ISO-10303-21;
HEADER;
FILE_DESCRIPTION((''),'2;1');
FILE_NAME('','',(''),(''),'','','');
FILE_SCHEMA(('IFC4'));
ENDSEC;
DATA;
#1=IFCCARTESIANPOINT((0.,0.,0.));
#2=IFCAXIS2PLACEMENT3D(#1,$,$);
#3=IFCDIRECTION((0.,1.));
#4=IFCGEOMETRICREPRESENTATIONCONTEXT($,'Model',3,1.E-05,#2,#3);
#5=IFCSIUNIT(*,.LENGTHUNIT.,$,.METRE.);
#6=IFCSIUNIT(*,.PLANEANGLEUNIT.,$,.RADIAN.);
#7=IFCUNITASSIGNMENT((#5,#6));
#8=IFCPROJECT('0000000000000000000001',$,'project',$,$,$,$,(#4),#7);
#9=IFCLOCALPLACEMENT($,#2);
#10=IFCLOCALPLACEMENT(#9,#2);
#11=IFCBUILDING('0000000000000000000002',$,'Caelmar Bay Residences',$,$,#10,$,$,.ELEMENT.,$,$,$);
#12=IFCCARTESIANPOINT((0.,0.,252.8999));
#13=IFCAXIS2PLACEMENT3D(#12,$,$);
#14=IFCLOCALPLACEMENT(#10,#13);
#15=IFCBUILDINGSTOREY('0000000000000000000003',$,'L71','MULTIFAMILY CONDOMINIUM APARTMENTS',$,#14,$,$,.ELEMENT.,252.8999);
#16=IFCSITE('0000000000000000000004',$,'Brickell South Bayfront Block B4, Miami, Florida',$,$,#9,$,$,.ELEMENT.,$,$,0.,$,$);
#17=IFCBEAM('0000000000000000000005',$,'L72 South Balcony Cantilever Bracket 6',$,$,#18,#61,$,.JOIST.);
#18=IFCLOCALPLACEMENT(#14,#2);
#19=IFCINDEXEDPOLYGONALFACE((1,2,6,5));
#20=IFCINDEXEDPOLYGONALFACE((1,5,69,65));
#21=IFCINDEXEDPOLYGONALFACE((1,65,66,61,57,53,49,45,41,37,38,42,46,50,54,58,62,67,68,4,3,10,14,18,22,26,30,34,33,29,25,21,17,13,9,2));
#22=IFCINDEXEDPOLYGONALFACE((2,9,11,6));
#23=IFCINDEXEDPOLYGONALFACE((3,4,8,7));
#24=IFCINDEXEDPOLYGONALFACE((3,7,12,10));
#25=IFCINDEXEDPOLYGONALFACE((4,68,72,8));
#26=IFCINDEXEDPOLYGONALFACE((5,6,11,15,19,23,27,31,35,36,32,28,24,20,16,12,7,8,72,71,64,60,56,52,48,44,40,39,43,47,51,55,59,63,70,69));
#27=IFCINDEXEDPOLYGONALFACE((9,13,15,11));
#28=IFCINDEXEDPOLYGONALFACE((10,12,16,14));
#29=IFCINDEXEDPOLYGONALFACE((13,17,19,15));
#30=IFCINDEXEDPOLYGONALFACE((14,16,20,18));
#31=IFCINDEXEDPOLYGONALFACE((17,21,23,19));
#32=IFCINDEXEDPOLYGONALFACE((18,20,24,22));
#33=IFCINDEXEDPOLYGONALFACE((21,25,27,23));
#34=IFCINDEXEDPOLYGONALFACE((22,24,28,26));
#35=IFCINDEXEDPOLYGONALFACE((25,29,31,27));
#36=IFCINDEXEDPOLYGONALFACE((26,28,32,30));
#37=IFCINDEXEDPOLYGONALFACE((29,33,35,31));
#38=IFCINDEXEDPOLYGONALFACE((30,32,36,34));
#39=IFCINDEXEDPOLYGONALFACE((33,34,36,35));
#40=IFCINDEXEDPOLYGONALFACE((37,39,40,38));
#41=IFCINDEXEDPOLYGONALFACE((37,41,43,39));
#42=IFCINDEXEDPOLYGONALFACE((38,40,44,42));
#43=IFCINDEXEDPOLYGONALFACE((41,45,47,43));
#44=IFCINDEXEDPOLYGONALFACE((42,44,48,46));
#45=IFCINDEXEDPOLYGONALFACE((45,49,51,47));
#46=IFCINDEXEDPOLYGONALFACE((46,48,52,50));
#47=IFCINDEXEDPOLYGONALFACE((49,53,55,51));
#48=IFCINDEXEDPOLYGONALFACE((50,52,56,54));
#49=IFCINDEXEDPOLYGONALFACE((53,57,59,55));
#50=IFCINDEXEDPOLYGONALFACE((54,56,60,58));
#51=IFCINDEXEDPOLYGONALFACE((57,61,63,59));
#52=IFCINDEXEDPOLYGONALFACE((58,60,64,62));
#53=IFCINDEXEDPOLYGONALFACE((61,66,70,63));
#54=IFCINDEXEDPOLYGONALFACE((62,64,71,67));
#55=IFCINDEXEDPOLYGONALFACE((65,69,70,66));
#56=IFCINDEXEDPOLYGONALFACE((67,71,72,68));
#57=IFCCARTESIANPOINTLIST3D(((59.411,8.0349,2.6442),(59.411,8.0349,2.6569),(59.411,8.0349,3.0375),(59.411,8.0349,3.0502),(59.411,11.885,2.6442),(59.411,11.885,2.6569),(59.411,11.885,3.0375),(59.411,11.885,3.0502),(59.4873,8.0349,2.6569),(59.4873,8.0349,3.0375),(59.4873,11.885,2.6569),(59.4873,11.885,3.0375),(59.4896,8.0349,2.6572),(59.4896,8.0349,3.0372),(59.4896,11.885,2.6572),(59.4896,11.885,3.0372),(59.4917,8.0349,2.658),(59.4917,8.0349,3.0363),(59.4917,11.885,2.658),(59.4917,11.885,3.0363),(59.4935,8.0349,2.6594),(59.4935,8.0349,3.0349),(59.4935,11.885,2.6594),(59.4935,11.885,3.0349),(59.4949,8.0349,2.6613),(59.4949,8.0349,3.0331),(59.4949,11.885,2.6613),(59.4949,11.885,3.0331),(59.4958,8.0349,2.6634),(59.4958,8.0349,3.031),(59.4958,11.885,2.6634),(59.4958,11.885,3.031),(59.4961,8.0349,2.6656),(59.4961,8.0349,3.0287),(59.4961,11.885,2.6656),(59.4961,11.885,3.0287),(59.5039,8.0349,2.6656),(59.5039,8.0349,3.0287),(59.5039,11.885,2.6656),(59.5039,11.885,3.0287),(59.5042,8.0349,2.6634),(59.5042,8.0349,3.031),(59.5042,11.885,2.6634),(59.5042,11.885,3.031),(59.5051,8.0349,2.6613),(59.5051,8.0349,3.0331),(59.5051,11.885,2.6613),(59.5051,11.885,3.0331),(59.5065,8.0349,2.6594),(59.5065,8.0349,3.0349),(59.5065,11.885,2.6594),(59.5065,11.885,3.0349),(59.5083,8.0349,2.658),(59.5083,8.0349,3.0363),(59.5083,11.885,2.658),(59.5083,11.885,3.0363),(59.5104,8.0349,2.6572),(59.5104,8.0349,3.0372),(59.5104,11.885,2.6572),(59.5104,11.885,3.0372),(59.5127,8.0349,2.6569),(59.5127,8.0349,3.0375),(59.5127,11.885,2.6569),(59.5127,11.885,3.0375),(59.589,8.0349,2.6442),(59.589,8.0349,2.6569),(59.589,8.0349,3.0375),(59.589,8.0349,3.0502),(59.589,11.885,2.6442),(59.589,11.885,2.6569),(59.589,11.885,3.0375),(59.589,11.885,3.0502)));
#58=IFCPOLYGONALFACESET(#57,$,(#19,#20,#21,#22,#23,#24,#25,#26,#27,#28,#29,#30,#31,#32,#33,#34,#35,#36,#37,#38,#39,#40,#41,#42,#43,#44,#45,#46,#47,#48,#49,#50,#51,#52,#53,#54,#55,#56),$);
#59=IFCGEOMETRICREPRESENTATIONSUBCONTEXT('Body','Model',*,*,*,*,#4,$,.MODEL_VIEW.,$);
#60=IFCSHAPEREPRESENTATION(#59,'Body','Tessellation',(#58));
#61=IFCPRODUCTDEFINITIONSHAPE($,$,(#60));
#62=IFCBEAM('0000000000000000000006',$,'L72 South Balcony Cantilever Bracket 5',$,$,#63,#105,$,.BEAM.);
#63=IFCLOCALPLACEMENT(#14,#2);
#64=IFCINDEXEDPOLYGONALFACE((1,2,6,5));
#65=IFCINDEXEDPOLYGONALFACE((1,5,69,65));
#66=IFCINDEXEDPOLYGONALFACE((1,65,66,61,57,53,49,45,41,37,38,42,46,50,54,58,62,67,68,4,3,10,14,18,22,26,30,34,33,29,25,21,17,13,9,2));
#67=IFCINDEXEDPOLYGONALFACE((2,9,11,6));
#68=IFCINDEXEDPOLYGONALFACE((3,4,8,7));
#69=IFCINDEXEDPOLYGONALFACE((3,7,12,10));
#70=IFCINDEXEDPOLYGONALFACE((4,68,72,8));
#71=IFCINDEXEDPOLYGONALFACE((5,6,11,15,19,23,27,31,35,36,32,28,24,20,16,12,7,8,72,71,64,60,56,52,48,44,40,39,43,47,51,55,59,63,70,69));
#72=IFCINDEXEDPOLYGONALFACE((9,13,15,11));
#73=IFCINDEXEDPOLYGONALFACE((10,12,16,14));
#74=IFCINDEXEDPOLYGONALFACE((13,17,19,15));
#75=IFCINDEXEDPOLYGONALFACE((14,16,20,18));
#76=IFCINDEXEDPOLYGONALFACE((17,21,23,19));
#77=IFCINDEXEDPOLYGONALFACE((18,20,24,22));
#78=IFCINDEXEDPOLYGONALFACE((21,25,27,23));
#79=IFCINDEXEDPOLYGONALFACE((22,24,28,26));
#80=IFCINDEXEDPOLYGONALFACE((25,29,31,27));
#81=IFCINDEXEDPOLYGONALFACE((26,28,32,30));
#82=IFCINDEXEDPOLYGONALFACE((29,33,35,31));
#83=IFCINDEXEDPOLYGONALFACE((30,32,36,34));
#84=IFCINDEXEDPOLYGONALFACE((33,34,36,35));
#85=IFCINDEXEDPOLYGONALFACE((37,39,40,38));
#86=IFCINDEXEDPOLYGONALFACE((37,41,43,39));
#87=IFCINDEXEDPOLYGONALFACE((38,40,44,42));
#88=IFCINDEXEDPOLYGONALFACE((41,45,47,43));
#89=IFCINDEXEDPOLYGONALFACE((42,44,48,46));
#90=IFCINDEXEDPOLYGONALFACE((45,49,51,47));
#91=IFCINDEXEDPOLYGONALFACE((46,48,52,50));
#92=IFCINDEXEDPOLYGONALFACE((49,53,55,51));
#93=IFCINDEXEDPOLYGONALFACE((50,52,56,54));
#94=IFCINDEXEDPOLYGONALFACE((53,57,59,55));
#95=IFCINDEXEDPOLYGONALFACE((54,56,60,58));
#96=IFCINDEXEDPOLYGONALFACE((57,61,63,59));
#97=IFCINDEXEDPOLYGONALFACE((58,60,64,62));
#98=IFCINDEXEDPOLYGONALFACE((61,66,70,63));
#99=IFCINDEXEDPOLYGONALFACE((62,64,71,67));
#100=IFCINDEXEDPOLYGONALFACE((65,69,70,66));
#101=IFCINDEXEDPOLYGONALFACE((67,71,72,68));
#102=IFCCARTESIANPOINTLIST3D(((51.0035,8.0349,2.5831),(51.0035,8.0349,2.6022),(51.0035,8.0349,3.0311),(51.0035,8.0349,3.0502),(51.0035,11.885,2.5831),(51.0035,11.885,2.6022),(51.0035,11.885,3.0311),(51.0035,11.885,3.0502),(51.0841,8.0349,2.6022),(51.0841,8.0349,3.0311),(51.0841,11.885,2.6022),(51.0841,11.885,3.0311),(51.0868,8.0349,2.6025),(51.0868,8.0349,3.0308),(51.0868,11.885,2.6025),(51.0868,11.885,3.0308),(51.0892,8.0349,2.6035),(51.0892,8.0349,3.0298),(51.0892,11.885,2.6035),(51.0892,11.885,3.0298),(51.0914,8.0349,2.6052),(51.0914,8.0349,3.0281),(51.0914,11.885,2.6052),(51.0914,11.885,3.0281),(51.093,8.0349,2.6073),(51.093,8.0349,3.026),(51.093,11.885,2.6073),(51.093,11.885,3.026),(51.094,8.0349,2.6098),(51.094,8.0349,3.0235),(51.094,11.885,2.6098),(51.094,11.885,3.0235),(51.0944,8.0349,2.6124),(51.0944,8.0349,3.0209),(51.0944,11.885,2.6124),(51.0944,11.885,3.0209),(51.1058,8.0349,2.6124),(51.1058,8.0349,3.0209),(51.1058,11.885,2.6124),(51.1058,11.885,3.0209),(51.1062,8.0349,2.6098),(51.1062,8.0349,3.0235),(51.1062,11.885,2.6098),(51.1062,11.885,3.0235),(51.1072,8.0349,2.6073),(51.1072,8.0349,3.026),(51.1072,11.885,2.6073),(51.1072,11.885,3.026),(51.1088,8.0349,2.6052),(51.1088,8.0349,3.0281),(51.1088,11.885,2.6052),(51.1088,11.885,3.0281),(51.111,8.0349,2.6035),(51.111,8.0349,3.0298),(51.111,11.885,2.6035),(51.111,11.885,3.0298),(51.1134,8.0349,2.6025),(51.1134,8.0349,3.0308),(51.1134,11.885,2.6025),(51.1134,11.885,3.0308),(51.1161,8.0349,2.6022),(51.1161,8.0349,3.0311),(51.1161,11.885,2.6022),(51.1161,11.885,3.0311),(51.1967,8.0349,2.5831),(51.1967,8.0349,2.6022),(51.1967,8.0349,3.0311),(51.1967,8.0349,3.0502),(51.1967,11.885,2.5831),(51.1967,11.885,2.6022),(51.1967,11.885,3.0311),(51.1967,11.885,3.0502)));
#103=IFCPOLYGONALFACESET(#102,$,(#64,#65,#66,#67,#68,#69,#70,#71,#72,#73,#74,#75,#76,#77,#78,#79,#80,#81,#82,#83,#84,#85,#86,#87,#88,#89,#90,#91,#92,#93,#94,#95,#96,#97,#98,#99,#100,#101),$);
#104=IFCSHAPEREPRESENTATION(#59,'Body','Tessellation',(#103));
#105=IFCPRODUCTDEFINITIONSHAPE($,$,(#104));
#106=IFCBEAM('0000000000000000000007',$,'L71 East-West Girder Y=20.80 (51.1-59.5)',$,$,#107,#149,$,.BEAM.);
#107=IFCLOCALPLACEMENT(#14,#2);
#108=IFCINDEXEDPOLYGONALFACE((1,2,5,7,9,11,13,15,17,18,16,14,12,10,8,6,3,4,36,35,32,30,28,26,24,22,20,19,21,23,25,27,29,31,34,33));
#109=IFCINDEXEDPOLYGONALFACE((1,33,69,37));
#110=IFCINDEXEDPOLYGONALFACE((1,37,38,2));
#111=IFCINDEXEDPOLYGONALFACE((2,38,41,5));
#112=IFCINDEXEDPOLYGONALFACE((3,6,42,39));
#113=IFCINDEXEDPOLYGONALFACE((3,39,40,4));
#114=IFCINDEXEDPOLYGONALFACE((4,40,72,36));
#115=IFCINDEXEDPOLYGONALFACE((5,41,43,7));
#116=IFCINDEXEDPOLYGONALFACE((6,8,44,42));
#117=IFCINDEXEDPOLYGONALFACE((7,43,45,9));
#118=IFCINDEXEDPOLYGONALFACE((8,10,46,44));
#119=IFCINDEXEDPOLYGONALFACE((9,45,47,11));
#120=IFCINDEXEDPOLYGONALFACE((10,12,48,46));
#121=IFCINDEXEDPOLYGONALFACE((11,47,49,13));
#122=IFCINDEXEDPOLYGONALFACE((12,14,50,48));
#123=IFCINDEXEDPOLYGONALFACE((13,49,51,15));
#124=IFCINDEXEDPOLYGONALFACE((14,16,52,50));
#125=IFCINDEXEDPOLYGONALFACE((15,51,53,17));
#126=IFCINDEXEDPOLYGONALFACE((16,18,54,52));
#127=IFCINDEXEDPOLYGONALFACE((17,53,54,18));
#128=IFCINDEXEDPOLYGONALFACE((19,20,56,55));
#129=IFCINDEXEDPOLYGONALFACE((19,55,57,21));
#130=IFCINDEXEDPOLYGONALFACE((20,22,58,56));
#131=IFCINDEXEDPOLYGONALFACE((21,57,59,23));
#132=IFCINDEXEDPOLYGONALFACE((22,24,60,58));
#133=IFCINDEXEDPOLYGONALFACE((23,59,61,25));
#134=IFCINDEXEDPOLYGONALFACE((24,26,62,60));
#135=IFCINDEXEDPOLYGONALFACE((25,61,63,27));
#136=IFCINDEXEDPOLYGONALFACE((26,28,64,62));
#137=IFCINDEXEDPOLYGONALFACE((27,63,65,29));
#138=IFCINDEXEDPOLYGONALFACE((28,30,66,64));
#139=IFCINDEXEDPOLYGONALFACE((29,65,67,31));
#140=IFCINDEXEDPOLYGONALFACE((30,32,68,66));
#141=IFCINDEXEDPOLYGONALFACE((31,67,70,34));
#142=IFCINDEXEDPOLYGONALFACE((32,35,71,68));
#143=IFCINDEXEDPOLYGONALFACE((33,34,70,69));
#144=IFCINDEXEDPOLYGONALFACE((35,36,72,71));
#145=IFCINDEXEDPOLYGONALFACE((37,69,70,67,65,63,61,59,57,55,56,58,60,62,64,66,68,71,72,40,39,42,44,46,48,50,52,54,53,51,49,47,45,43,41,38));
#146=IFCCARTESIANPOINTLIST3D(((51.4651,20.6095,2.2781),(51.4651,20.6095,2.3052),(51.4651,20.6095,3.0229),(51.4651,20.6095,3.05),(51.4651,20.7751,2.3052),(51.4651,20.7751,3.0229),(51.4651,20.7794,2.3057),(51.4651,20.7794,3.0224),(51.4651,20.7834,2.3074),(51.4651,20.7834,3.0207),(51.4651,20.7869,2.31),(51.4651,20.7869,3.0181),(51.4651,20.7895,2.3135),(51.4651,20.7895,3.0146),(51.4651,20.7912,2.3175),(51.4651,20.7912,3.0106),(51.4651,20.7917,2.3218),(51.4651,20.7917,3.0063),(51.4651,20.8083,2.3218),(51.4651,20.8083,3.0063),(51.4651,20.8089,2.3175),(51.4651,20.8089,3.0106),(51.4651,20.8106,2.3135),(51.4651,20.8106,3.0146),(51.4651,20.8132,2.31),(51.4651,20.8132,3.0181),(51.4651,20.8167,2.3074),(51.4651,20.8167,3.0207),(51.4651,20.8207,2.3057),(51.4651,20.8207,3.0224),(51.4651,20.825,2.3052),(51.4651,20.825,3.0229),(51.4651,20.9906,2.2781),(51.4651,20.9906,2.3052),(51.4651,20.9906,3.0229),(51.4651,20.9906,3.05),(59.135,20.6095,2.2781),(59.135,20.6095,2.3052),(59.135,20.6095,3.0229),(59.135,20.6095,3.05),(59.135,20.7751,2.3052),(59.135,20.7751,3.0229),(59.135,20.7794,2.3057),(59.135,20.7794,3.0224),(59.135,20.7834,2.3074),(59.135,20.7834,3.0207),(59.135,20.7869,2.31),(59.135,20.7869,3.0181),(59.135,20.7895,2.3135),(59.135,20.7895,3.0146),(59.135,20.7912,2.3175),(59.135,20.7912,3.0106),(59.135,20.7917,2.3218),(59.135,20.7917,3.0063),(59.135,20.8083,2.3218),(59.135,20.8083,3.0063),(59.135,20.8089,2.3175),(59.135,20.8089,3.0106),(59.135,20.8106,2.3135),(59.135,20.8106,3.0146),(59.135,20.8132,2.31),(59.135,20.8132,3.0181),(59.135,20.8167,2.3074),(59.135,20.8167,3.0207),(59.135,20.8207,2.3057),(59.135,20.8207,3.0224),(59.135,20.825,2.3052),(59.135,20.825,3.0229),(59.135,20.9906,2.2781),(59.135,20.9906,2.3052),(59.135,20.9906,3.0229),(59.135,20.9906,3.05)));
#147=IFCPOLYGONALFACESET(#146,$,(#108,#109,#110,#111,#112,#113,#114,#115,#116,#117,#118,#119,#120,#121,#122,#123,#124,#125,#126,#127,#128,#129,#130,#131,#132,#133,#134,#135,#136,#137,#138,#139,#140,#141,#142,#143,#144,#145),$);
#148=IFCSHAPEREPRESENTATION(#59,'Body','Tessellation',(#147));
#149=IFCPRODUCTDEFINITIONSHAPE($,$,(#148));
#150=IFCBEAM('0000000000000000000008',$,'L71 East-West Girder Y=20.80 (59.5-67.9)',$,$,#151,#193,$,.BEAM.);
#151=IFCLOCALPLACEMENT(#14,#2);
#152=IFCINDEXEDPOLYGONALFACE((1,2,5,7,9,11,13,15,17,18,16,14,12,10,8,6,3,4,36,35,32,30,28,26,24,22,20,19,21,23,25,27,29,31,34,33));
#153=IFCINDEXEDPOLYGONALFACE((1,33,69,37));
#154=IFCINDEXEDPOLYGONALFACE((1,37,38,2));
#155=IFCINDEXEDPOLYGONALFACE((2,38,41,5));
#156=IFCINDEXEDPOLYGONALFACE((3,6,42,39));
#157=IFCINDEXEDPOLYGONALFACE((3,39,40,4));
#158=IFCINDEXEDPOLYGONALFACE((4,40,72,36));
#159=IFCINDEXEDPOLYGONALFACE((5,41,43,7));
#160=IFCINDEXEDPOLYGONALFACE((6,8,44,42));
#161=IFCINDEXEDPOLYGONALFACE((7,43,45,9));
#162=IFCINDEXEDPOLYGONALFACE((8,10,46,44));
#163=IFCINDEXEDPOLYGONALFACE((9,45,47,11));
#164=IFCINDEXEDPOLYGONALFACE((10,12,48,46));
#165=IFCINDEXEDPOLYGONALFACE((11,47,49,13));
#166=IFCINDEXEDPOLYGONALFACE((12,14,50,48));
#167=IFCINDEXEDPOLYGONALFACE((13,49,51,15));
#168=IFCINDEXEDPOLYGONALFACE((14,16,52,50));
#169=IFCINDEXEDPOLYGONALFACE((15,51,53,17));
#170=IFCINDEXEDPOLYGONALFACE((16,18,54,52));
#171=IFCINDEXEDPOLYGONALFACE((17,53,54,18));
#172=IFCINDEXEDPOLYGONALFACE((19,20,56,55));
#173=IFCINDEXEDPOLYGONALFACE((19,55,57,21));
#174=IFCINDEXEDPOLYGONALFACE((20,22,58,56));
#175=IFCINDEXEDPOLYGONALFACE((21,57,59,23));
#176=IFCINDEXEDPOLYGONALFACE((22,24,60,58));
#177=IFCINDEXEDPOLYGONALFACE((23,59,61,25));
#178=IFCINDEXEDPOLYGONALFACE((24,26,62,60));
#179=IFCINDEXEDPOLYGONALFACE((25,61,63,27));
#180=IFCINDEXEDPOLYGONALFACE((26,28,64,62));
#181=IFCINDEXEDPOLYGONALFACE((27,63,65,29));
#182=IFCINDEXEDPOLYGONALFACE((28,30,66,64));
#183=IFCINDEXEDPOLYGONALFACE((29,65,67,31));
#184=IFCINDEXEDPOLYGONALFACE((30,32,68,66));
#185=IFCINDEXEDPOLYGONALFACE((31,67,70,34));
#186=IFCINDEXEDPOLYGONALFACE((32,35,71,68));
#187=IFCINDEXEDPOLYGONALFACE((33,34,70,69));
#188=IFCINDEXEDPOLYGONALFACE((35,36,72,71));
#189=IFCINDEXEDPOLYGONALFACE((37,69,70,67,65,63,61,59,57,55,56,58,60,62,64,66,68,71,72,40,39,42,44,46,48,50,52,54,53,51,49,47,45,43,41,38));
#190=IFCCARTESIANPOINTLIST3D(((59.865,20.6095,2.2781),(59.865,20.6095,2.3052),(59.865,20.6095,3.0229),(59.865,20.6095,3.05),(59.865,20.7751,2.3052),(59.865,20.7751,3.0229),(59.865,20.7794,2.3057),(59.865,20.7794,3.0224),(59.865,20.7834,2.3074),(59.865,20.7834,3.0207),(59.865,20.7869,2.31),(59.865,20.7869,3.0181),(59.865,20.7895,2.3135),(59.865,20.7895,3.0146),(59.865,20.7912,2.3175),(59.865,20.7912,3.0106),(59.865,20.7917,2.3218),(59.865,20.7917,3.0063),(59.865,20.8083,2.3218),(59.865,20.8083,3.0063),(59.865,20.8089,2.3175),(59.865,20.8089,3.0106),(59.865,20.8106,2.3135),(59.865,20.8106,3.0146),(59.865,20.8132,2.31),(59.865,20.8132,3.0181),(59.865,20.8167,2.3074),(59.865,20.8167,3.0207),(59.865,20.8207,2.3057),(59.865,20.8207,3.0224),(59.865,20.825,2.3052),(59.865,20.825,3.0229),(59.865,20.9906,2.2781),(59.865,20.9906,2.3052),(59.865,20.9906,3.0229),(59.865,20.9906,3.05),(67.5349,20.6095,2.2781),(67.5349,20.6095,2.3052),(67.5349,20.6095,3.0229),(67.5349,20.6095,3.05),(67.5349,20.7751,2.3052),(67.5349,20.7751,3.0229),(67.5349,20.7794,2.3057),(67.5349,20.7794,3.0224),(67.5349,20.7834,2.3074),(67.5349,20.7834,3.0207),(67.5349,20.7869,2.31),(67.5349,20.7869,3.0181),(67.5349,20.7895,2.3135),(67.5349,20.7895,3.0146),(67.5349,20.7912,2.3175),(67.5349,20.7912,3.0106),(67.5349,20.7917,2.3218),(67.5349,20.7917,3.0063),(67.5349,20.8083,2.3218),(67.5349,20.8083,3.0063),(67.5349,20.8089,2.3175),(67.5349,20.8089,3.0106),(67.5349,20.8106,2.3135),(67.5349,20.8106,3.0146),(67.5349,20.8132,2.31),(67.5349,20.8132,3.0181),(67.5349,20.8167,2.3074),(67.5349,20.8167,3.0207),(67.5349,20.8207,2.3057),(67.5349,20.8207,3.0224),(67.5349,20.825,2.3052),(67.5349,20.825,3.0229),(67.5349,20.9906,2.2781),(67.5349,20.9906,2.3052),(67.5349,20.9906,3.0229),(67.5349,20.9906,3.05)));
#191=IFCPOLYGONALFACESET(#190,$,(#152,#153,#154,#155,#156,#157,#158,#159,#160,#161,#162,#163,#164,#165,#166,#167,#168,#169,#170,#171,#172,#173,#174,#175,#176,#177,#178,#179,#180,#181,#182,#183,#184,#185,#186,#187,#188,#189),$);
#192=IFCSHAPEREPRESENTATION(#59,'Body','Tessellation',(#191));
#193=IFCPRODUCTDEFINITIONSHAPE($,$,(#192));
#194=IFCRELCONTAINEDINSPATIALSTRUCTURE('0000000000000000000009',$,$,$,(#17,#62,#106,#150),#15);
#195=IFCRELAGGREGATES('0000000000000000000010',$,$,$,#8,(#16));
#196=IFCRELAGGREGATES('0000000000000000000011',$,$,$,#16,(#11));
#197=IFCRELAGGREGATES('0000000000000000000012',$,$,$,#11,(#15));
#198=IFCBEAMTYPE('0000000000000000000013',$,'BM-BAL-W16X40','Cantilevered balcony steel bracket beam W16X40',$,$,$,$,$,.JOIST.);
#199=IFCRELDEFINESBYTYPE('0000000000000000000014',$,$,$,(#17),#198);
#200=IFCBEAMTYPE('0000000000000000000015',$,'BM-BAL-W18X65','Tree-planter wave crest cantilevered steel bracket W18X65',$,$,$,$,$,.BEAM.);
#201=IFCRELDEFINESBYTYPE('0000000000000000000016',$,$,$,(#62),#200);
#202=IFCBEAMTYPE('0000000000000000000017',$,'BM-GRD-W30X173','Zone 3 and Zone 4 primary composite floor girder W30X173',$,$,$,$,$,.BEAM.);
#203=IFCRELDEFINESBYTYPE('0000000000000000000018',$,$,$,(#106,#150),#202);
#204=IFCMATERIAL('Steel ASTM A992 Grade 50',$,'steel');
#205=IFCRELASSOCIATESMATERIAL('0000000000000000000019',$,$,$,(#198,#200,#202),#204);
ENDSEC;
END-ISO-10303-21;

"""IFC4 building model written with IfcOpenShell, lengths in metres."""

from ifc_helpers import new_model, si_unit, direction, frame, origin, origin_2d, place, context, subcontext, project, spatial, i_section, extrude, material, material_profile, profile_set, type_object, element, save


model = new_model("IFC4")

# Units and contexts
model_context = context("Model", 3, precision=1e-05, world=origin(), true_north=direction((0.0, 1.0)))
body_context = subcontext(model_context, "Body", "Model", "MODEL_VIEW")
ifc_project = project(units=[si_unit("LENGTHUNIT", "METRE"), si_unit("PLANEANGLEUNIT", "RADIAN")], contexts=[model_context])

# Site, building, storey
site_placement = place(None, origin())
site = spatial("IfcSite", under=ifc_project, at=site_placement, Name="Brickell South Bayfront Block B4, Miami, Florida", CompositionType="ELEMENT", RefElevation=0.0)
building_placement = place(site_placement, origin())
building = spatial("IfcBuilding", under=site, at=building_placement, Name="Caelmar Bay Residences", CompositionType="ELEMENT")
storey_placement = place(building_placement, frame((0.0, 0.0, 252.8999)))
storey = spatial("IfcBuildingStorey", under=building, at=storey_placement, Name="L71", Description="MULTIFAMILY CONDOMINIUM APARTMENTS", CompositionType="ELEMENT", Elevation=252.8999)

# Beams
ifc_material_1 = material(Name="Steel ASTM A992 Grade 50", Category="steel")
ifc_material_profile_1 = material_profile(ifc_material_1, i_section(OverallWidth=0.178, OverallDepth=0.406, WebThickness=0.0078, FlangeThickness=0.0127, FilletRadius=0.0088, at=origin_2d()), Name="W16X40")
ifc_profile_set_1 = profile_set([ifc_material_profile_1], Name="Steel ASTM A992 Grade 50")
beam_type_1 = type_object("IfcBeamType", Name="BM-BAL-W16X40", Description="Cantilevered balcony steel bracket beam W16X40", PredefinedType="JOIST", material=ifc_profile_set_1)
beam_1_placement = place(storey_placement, frame((59.5, 11.885, 2.8472), z_axis=(0.0, -1.0, 0.0), x_axis=(1.0, 0.0, 0.0)))
element("IfcBeam", 1, at=beam_1_placement, inside=storey, type_object=beam_type_1, Name="L72 South Balcony Cantilever Bracket 6", PredefinedType="JOIST", context=body_context, shape_type="SweptSolid", body=[
    extrude(i_section(OverallWidth=0.178, OverallDepth=0.406, WebThickness=0.0078, FlangeThickness=0.0127, FilletRadius=0.0088, at=origin_2d()), origin(), (0.0, 0.0, 1.0), 3.8501),
])
ifc_material_profile_2 = material_profile(ifc_material_1, i_section(OverallWidth=0.1931, OverallDepth=0.467, WebThickness=0.0115, FlangeThickness=0.019, FilletRadius=0.0103, at=origin_2d()), Name="W18X65")
ifc_profile_set_2 = profile_set([ifc_material_profile_2], Name="Steel ASTM A992 Grade 50")
beam_type_2 = type_object("IfcBeamType", Name="BM-BAL-W18X65", Description="Tree-planter wave crest cantilevered steel bracket W18X65", PredefinedType="BEAM", material=ifc_profile_set_2)
beam_2_placement = place(storey_placement, frame((51.1001, 11.885, 2.8167), z_axis=(0.0, -1.0, 0.0), x_axis=(1.0, 0.0, 0.0)))
element("IfcBeam", 2, at=beam_2_placement, inside=storey, type_object=beam_type_2, Name="L72 South Balcony Cantilever Bracket 5", PredefinedType="BEAM", context=body_context, shape_type="SweptSolid", body=[
    extrude(i_section(OverallWidth=0.1931, OverallDepth=0.467, WebThickness=0.0115, FlangeThickness=0.019, FilletRadius=0.0103, at=origin_2d()), origin(), (0.0, 0.0, 1.0), 3.8501),
])
ifc_material_profile_3 = material_profile(ifc_material_1, i_section(OverallWidth=0.3811, OverallDepth=0.772, WebThickness=0.0166, FlangeThickness=0.0271, FilletRadius=0.0166, at=origin_2d()), Name="W30X173")
ifc_profile_set_3 = profile_set([ifc_material_profile_3], Name="Steel ASTM A992 Grade 50")
beam_type_3 = type_object("IfcBeamType", Name="BM-GRD-W30X173", Description="Zone 3 and Zone 4 primary composite floor girder W30X173", PredefinedType="BEAM", material=ifc_profile_set_3)
for number, where, z_axis, x_axis, name in (
    (3, (51.4651, 20.8, 2.6641), (1.0, 0.0, 0.0), (0.0, 1.0, 0.0), "L71 East-West Girder Y=20.80 (51.1-59.5)"),
    (4, (59.865, 20.8, 2.6641), (1.0, 0.0, 0.0), (0.0, 1.0, 0.0), "L71 East-West Girder Y=20.80 (59.5-67.9)"),
):
    element("IfcBeam", number, at=place(storey_placement, frame(where, z_axis=z_axis, x_axis=x_axis)), inside=storey, type_object=beam_type_3, Name=name, PredefinedType="BEAM", context=body_context, shape_type="SweptSolid", body=[
        extrude(i_section(OverallWidth=0.3811, OverallDepth=0.772, WebThickness=0.0166, FlangeThickness=0.0271, FilletRadius=0.0166, at=origin_2d()), origin(), (0.0, 0.0, 1.0), 7.6699),
    ])

save(model, "model.ifc")
